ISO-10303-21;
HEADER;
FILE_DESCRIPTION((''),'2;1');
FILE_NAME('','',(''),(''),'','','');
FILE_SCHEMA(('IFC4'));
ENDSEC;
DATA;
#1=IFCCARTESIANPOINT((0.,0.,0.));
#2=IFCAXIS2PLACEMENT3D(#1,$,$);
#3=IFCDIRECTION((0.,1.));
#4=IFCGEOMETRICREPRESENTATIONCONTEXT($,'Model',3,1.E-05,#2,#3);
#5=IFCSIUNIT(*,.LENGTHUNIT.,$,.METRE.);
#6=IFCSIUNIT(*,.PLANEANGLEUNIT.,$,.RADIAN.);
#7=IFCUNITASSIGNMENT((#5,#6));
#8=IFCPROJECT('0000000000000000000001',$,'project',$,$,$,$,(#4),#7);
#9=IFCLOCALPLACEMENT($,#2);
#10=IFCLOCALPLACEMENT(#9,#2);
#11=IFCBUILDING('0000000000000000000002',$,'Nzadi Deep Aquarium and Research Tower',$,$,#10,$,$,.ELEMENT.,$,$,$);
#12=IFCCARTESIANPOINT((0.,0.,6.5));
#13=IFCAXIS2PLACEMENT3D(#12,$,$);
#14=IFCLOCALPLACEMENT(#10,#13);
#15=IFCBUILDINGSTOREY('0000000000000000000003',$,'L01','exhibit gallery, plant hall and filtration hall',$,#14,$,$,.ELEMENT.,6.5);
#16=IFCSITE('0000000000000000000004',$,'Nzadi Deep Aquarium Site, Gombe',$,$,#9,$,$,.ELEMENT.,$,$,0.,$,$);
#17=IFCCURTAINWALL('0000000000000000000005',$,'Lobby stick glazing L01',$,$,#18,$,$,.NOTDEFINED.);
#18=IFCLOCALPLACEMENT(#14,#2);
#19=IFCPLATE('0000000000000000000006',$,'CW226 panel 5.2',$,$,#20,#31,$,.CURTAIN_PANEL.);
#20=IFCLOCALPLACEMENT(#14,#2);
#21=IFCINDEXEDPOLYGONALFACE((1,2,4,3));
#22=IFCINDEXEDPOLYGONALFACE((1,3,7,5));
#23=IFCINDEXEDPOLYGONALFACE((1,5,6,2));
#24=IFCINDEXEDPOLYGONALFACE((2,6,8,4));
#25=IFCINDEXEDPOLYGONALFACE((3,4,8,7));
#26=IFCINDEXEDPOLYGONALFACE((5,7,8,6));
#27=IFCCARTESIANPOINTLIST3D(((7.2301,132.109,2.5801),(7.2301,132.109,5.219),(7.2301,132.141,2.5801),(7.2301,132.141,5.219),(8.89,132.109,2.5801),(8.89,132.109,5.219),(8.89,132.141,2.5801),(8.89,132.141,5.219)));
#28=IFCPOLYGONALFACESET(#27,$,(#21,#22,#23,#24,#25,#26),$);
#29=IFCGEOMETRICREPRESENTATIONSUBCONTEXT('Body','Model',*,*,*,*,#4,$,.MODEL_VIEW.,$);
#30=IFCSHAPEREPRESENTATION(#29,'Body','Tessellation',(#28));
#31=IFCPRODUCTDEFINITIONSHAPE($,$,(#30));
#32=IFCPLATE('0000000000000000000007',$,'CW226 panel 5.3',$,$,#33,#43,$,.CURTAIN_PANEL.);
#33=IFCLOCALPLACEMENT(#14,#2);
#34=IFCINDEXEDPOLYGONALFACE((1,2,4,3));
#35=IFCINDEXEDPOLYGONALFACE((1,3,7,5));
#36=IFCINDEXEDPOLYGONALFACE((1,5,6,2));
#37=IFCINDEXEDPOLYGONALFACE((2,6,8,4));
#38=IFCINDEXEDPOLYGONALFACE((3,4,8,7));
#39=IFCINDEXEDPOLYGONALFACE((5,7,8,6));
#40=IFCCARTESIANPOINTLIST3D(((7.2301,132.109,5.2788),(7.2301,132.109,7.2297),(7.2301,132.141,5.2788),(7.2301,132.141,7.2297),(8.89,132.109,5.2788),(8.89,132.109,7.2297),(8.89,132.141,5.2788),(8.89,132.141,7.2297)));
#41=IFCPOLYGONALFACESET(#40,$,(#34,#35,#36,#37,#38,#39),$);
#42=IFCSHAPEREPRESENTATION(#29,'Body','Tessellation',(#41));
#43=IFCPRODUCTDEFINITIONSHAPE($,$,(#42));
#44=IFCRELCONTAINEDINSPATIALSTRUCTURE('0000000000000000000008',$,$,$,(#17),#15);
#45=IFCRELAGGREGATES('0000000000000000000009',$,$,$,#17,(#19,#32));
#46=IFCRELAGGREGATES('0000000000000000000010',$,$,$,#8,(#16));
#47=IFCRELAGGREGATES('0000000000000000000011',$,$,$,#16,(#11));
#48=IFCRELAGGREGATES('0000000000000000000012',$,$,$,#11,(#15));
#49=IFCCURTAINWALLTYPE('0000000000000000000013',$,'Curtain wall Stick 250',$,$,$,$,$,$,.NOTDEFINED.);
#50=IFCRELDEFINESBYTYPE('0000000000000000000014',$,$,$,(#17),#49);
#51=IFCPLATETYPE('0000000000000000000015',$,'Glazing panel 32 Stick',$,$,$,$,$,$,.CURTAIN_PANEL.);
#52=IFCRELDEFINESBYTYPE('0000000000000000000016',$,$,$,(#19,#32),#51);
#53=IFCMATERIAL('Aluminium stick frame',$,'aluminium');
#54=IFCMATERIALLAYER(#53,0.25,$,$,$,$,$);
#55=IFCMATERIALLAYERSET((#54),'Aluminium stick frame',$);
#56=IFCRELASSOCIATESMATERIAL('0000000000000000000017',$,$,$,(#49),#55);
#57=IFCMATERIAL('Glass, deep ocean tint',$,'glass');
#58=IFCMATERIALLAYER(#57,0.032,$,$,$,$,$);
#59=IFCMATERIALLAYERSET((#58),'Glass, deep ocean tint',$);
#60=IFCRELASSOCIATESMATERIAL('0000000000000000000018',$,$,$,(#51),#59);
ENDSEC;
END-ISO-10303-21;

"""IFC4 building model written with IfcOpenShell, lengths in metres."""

from ifc_helpers import new_model, si_unit, direction, frame, origin, origin_2d, place, context, subcontext, project, spatial, rectangle, extrude, material, layer, layer_set, type_object, element, aggregate, save


model = new_model("IFC4")

# Units and contexts
model_context = context("Model", 3, precision=1e-05, world=origin(), true_north=direction((0.0, 1.0)))
body_context = subcontext(model_context, "Body", "Model", "MODEL_VIEW")
ifc_project = project(units=[si_unit("LENGTHUNIT", "METRE"), si_unit("PLANEANGLEUNIT", "RADIAN")], contexts=[model_context])

# Site, building, storey
site_placement = place(None, origin())
site = spatial("IfcSite", under=ifc_project, at=site_placement, Name="Nzadi Deep Aquarium Site, Gombe", CompositionType="ELEMENT", RefElevation=0.0)
building_placement = place(site_placement, origin())
building = spatial("IfcBuilding", under=site, at=building_placement, Name="Nzadi Deep Aquarium and Research Tower", CompositionType="ELEMENT")
storey_placement = place(building_placement, frame((0.0, 0.0, 6.5)))
storey = spatial("IfcBuildingStorey", under=building, at=storey_placement, Name="L01", Description="exhibit gallery, plant hall and filtration hall", CompositionType="ELEMENT", Elevation=6.5)

# Curtain wall
ifc_material_1 = material(Name="Aluminium stick frame", Category="aluminium")
ifc_layer_1 = layer(ifc_material_1, 0.25)
ifc_layer_set_1 = layer_set([ifc_layer_1], Name="Aluminium stick frame")
curtain_wall_type = type_object("IfcCurtainWallType", Name="Curtain wall Stick 250", PredefinedType="NOTDEFINED", material=ifc_layer_set_1)
curtain_wall_1_placement = place(storey_placement, origin())
curtain_wall_1 = element("IfcCurtainWall", 1, at=curtain_wall_1_placement, inside=storey, type_object=curtain_wall_type, Name="Lobby stick glazing L01", PredefinedType="NOTDEFINED")

# Plates
ifc_material_2 = material(Name="Glass, deep ocean tint", Category="glass")
ifc_layer_2 = layer(ifc_material_2, 0.032)
ifc_layer_set_2 = layer_set([ifc_layer_2], Name="Glass, deep ocean tint")
plate_type = type_object("IfcPlateType", Name="Glazing panel 32 Stick", PredefinedType="CURTAIN_PANEL", material=ifc_layer_set_2)
plate_1_placement = place(storey_placement, frame((8.0601, 132.125, 2.5801), z_axis=(0.0, 0.0, 1.0), x_axis=(1.0, 0.0, 0.0)))
plate_1 = element("IfcPlate", 2, at=plate_1_placement, type_object=plate_type, Name="CW226 panel 5.2", PredefinedType="CURTAIN_PANEL", context=body_context, shape_type="SweptSolid", body=[
    extrude(rectangle(XDim=1.6599, YDim=0.032, at=origin_2d()), origin(), (0.0, 0.0, 1.0), 2.6389),
])
plate_2_placement = place(storey_placement, frame((8.0601, 132.125, 5.2788), z_axis=(0.0, 0.0, 1.0), x_axis=(1.0, 0.0, 0.0)))
plate_2 = element("IfcPlate", 3, at=plate_2_placement, type_object=plate_type, Name="CW226 panel 5.3", PredefinedType="CURTAIN_PANEL", context=body_context, shape_type="SweptSolid", body=[
    extrude(rectangle(XDim=1.6599, YDim=0.032, at=origin_2d()), origin(), (0.0, 0.0, 1.0), 1.9509),
])
aggregate(curtain_wall_1, [plate_1, plate_2])

save(model, "model.ifc")
